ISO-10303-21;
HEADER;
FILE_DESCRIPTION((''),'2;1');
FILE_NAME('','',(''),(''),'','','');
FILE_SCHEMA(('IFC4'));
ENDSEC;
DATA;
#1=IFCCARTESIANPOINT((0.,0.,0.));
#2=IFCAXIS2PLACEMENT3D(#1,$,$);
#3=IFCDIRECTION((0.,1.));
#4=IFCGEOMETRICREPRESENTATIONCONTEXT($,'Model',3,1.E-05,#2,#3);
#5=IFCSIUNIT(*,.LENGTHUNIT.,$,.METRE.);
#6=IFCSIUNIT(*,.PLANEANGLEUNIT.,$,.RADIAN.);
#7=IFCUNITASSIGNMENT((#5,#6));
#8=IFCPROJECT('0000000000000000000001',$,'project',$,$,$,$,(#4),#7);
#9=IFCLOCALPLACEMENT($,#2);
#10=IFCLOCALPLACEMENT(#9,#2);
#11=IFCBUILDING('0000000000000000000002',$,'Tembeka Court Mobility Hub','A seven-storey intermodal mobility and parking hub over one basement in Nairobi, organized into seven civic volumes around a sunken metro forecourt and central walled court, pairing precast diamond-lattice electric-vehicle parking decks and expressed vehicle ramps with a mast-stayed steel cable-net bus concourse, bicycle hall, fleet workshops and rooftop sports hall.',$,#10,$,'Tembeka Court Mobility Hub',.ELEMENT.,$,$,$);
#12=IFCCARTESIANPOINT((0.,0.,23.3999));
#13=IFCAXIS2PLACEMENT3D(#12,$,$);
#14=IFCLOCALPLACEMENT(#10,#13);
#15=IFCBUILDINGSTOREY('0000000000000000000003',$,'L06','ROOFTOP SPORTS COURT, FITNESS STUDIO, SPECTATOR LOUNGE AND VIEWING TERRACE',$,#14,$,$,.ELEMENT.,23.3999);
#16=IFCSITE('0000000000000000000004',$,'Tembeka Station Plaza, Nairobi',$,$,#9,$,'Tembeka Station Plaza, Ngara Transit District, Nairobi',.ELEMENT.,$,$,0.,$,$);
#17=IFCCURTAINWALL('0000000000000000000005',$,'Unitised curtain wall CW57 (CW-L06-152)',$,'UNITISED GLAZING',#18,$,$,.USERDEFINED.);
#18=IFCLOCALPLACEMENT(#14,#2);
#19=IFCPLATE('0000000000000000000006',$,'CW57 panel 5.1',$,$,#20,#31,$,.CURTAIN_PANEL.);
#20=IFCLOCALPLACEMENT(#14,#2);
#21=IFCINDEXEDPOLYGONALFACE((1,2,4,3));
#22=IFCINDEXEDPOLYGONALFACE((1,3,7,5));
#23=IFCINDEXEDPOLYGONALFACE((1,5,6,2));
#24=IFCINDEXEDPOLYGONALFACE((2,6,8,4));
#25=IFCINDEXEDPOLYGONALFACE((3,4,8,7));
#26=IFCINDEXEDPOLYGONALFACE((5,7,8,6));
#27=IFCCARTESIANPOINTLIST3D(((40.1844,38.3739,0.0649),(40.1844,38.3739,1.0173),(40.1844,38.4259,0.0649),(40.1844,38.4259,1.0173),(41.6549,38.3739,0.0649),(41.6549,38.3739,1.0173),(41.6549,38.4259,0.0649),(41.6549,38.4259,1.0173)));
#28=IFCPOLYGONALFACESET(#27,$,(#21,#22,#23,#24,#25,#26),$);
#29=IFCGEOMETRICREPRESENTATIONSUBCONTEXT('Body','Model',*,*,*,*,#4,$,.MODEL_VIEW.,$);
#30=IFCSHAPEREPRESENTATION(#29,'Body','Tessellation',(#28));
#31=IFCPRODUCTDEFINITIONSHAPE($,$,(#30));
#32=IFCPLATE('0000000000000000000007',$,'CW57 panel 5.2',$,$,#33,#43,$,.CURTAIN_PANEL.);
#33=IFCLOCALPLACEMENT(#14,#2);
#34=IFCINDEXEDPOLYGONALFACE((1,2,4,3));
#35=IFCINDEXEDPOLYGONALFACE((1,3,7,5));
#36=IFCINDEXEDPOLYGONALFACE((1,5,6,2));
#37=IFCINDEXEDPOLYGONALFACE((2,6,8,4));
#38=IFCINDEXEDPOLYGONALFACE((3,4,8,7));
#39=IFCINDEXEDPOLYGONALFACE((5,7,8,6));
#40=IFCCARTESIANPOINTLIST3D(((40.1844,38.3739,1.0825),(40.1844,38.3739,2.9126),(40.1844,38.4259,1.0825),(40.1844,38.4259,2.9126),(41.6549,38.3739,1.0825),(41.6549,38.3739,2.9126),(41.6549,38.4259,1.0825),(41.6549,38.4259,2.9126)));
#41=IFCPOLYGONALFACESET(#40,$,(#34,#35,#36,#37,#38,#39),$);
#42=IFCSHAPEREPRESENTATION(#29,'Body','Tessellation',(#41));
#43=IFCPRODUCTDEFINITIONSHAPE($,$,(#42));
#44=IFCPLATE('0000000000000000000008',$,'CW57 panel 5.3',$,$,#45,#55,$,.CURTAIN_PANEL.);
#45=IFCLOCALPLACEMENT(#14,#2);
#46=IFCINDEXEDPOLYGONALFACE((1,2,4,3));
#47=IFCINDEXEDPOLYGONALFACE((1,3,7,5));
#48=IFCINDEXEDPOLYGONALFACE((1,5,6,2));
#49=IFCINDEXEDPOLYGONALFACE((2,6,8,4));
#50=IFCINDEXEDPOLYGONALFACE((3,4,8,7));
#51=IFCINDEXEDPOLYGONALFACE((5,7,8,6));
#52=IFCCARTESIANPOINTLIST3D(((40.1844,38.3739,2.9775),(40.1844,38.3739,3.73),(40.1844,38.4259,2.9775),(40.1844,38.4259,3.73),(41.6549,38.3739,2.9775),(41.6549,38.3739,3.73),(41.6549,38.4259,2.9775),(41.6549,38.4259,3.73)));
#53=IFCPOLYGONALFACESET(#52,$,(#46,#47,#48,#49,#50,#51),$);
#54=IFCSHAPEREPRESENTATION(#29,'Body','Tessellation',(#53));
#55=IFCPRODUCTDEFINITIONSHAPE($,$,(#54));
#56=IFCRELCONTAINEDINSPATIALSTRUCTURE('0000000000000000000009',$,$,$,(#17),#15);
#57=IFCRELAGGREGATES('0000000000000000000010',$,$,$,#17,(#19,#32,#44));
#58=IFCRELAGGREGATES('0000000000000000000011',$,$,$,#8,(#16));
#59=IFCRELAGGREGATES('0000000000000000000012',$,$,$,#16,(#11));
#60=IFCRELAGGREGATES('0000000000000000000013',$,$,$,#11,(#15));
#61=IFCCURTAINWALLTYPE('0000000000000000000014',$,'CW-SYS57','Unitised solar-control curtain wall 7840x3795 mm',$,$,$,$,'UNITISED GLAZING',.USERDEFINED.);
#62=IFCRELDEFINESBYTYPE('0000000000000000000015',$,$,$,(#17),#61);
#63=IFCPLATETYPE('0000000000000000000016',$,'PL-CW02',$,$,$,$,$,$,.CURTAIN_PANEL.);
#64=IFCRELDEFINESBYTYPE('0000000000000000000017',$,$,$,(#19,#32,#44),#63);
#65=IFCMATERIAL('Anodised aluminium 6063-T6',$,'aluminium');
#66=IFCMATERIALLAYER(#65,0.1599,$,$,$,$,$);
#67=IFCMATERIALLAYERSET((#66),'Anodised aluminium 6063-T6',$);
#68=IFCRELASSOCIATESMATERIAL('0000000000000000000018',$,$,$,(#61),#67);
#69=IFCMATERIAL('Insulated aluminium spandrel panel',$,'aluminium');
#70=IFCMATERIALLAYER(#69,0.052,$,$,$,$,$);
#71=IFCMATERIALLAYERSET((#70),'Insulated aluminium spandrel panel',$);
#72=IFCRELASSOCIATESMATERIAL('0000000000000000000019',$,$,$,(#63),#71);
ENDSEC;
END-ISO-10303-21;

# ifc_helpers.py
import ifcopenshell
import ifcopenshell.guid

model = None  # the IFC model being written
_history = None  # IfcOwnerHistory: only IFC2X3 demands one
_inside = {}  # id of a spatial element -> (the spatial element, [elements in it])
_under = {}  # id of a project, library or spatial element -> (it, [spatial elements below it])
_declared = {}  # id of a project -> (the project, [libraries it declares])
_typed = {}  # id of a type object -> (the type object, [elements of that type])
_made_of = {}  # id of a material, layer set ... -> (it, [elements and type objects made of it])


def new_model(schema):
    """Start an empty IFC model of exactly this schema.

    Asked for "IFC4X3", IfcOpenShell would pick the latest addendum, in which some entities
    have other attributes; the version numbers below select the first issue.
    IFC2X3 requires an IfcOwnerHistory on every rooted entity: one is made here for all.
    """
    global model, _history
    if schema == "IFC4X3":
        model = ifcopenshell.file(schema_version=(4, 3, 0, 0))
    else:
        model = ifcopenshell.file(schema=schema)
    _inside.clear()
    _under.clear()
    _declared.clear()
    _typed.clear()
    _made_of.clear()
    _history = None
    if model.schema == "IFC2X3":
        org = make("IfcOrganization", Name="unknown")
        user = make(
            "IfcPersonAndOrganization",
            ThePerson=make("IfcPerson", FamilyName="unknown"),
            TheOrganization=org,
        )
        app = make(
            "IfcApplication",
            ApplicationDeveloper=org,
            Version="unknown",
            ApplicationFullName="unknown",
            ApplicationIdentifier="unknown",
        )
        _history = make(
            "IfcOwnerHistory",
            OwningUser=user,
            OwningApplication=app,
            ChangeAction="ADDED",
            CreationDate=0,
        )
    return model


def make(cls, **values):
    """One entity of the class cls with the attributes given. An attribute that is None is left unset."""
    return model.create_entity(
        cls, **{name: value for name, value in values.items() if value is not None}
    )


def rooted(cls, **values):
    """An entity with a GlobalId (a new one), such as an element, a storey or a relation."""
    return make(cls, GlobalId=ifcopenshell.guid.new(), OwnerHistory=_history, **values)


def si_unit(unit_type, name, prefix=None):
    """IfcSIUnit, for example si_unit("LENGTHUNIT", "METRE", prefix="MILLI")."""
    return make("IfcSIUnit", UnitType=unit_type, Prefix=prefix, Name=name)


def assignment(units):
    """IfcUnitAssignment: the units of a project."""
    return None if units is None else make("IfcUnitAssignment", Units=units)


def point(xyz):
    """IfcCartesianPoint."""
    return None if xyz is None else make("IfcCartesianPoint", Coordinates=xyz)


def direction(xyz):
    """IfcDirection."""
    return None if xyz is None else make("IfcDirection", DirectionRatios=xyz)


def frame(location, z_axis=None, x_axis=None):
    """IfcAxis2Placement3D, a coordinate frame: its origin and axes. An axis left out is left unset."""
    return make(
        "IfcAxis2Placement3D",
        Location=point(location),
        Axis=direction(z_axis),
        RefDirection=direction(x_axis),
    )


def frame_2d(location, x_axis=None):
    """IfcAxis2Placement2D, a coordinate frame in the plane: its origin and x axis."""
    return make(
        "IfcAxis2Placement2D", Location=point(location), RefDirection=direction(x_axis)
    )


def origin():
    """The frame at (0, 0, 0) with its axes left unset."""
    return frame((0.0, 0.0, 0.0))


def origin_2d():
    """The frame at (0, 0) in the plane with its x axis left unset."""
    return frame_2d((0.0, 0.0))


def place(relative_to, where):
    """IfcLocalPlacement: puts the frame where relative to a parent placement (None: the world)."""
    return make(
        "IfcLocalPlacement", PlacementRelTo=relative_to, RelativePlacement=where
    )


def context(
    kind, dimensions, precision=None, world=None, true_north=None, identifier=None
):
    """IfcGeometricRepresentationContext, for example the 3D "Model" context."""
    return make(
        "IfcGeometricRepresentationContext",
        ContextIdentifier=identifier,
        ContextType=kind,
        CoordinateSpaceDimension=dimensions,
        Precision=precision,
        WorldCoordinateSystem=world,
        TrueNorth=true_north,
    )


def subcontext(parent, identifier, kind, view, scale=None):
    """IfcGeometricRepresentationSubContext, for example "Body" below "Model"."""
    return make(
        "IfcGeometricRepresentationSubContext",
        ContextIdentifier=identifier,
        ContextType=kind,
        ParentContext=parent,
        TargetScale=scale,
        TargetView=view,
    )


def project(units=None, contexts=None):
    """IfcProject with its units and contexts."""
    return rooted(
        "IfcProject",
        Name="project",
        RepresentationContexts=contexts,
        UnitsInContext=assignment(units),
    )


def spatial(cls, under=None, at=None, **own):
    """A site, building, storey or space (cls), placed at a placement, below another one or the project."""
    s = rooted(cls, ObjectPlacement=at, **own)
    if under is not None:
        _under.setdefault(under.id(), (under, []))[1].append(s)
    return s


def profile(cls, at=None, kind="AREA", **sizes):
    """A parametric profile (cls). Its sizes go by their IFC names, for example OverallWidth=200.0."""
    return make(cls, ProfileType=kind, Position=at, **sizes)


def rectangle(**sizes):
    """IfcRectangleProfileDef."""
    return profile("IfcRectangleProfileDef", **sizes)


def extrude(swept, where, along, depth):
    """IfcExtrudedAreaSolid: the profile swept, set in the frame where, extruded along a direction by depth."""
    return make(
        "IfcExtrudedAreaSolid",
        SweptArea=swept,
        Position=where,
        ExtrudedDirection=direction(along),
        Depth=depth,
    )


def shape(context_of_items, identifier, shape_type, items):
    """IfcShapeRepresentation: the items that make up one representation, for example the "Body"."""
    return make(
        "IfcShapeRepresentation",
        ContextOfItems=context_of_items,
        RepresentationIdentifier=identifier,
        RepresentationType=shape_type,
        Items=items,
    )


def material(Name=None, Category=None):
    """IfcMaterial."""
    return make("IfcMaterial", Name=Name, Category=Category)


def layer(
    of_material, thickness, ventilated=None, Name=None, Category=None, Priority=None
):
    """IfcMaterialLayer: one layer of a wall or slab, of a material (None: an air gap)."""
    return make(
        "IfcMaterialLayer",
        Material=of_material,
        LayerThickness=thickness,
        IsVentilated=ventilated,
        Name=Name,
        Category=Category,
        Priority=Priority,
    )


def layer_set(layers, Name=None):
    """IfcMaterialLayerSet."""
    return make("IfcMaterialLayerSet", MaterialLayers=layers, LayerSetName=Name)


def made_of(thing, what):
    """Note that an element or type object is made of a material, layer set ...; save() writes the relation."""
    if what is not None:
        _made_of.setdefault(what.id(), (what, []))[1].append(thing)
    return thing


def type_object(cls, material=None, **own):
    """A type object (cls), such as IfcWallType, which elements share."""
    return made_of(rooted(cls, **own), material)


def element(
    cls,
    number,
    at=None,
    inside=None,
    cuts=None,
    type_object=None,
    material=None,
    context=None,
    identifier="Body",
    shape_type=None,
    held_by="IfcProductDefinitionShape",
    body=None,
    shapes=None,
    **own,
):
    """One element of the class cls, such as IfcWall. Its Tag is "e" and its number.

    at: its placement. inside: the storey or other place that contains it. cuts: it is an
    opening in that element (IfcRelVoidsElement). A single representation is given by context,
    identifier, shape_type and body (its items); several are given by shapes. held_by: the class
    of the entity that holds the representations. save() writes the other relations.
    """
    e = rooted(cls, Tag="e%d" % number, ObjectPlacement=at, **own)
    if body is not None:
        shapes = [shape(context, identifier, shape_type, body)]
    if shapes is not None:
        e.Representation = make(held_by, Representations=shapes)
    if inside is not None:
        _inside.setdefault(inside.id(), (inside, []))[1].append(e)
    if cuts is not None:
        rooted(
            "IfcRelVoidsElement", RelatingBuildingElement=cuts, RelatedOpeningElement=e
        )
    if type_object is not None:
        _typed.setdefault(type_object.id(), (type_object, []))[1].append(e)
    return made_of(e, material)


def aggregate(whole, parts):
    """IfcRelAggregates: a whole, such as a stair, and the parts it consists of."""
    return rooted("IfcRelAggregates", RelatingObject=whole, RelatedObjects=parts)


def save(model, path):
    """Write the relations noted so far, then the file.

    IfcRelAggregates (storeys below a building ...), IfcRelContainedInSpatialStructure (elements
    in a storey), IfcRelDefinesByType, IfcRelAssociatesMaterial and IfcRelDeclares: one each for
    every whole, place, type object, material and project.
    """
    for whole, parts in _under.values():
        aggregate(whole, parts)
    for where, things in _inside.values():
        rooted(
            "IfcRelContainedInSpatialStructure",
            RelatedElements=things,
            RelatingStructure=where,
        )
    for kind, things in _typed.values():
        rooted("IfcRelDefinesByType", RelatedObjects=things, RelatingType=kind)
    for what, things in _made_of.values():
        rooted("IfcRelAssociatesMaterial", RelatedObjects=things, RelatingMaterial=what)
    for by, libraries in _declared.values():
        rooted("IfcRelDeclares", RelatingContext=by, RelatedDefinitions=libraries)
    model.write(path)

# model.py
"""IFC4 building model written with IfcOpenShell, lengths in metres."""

from ifc_helpers import new_model, si_unit, direction, frame, origin, origin_2d, place, context, subcontext, project, spatial, rectangle, extrude, material, layer, layer_set, type_object, element, aggregate, save


model = new_model("IFC4")

# Units and contexts
model_context = context("Model", 3, precision=1e-05, world=origin(), true_north=direction((0.0, 1.0)))
body_context = subcontext(model_context, "Body", "Model", "MODEL_VIEW")
ifc_project = project(units=[si_unit("LENGTHUNIT", "METRE"), si_unit("PLANEANGLEUNIT", "RADIAN")], contexts=[model_context])

# Site, building, storey
site_placement = place(None, origin())
site = spatial("IfcSite", under=ifc_project, at=site_placement, Name="Tembeka Station Plaza, Nairobi", LongName="Tembeka Station Plaza, Ngara Transit District, Nairobi", CompositionType="ELEMENT", RefElevation=0.0)
building_placement = place(site_placement, origin())
building = spatial("IfcBuilding", under=site, at=building_placement, Name="Tembeka Court Mobility Hub", Description="A seven-storey intermodal mobility and parking hub over one basement in Nairobi, organized into seven civic volumes around a sunken metro forecourt and central walled court, pairing precast diamond-lattice electric-vehicle parking decks and expressed vehicle ramps with a mast-stayed steel cable-net bus concourse, bicycle hall, fleet workshops and rooftop sports hall.", LongName="Tembeka Court Mobility Hub", CompositionType="ELEMENT")
storey_placement = place(building_placement, frame((0.0, 0.0, 23.3999)))
storey = spatial("IfcBuildingStorey", under=building, at=storey_placement, Name="L06", Description="ROOFTOP SPORTS COURT, FITNESS STUDIO, SPECTATOR LOUNGE AND VIEWING TERRACE", CompositionType="ELEMENT", Elevation=23.3999)

# Curtain wall
ifc_material_1 = material(Name="Anodised aluminium 6063-T6", Category="aluminium")
ifc_layer_1 = layer(ifc_material_1, 0.1599)
ifc_layer_set_1 = layer_set([ifc_layer_1], Name="Anodised aluminium 6063-T6")
curtain_wall_type = type_object("IfcCurtainWallType", Name="CW-SYS57", Description="Unitised solar-control curtain wall 7840x3795 mm", ElementType="UNITISED GLAZING", PredefinedType="USERDEFINED", material=ifc_layer_set_1)
curtain_wall_1_placement = place(storey_placement, origin())
curtain_wall_1 = element("IfcCurtainWall", 1, at=curtain_wall_1_placement, inside=storey, type_object=curtain_wall_type, Name="Unitised curtain wall CW57 (CW-L06-152)", ObjectType="UNITISED GLAZING", PredefinedType="USERDEFINED")

# Plates
ifc_material_2 = material(Name="Insulated aluminium spandrel panel", Category="aluminium")
ifc_layer_2 = layer(ifc_material_2, 0.052)
ifc_layer_set_2 = layer_set([ifc_layer_2], Name="Insulated aluminium spandrel panel")
plate_type_1 = type_object("IfcPlateType", Name="PL-CW02", PredefinedType="CURTAIN_PANEL", material=ifc_layer_set_2)
plate_1_placement = place(storey_placement, frame((40.9197, 38.3999, 0.0649), z_axis=(0.0, 0.0, 1.0), x_axis=(1.0, 0.0, 0.0)))
plate_1 = element("IfcPlate", 2, at=plate_1_placement, type_object=plate_type_1, Name="CW57 panel 5.1", PredefinedType="CURTAIN_PANEL", context=body_context, shape_type="SweptSolid", body=[
    extrude(rectangle(XDim=1.4705, YDim=0.052, at=origin_2d()), origin(), (0.0, 0.0, 1.0), 0.9524),
])
plate_2_placement = place(storey_placement, frame((40.9197, 38.3999, 1.0825), z_axis=(0.0, 0.0, 1.0), x_axis=(1.0, 0.0, 0.0)))
plate_2 = element("IfcPlate", 3, at=plate_2_placement, type_object=plate_type_1, Name="CW57 panel 5.2", PredefinedType="CURTAIN_PANEL", context=body_context, shape_type="SweptSolid", body=[
    extrude(rectangle(XDim=1.4705, YDim=0.052, at=origin_2d()), origin(), (0.0, 0.0, 1.0), 1.8301),
])
plate_3_placement = place(storey_placement, frame((40.9197, 38.3999, 2.9775), z_axis=(0.0, 0.0, 1.0), x_axis=(1.0, 0.0, 0.0)))
plate_3 = element("IfcPlate", 4, at=plate_3_placement, type_object=plate_type_1, Name="CW57 panel 5.3", PredefinedType="CURTAIN_PANEL", context=body_context, shape_type="SweptSolid", body=[
    extrude(rectangle(XDim=1.4705, YDim=0.052, at=origin_2d()), origin(), (0.0, 0.0, 1.0), 0.7524),
])
aggregate(curtain_wall_1, [plate_1, plate_2, plate_3])

save(model, "model.ifc")
